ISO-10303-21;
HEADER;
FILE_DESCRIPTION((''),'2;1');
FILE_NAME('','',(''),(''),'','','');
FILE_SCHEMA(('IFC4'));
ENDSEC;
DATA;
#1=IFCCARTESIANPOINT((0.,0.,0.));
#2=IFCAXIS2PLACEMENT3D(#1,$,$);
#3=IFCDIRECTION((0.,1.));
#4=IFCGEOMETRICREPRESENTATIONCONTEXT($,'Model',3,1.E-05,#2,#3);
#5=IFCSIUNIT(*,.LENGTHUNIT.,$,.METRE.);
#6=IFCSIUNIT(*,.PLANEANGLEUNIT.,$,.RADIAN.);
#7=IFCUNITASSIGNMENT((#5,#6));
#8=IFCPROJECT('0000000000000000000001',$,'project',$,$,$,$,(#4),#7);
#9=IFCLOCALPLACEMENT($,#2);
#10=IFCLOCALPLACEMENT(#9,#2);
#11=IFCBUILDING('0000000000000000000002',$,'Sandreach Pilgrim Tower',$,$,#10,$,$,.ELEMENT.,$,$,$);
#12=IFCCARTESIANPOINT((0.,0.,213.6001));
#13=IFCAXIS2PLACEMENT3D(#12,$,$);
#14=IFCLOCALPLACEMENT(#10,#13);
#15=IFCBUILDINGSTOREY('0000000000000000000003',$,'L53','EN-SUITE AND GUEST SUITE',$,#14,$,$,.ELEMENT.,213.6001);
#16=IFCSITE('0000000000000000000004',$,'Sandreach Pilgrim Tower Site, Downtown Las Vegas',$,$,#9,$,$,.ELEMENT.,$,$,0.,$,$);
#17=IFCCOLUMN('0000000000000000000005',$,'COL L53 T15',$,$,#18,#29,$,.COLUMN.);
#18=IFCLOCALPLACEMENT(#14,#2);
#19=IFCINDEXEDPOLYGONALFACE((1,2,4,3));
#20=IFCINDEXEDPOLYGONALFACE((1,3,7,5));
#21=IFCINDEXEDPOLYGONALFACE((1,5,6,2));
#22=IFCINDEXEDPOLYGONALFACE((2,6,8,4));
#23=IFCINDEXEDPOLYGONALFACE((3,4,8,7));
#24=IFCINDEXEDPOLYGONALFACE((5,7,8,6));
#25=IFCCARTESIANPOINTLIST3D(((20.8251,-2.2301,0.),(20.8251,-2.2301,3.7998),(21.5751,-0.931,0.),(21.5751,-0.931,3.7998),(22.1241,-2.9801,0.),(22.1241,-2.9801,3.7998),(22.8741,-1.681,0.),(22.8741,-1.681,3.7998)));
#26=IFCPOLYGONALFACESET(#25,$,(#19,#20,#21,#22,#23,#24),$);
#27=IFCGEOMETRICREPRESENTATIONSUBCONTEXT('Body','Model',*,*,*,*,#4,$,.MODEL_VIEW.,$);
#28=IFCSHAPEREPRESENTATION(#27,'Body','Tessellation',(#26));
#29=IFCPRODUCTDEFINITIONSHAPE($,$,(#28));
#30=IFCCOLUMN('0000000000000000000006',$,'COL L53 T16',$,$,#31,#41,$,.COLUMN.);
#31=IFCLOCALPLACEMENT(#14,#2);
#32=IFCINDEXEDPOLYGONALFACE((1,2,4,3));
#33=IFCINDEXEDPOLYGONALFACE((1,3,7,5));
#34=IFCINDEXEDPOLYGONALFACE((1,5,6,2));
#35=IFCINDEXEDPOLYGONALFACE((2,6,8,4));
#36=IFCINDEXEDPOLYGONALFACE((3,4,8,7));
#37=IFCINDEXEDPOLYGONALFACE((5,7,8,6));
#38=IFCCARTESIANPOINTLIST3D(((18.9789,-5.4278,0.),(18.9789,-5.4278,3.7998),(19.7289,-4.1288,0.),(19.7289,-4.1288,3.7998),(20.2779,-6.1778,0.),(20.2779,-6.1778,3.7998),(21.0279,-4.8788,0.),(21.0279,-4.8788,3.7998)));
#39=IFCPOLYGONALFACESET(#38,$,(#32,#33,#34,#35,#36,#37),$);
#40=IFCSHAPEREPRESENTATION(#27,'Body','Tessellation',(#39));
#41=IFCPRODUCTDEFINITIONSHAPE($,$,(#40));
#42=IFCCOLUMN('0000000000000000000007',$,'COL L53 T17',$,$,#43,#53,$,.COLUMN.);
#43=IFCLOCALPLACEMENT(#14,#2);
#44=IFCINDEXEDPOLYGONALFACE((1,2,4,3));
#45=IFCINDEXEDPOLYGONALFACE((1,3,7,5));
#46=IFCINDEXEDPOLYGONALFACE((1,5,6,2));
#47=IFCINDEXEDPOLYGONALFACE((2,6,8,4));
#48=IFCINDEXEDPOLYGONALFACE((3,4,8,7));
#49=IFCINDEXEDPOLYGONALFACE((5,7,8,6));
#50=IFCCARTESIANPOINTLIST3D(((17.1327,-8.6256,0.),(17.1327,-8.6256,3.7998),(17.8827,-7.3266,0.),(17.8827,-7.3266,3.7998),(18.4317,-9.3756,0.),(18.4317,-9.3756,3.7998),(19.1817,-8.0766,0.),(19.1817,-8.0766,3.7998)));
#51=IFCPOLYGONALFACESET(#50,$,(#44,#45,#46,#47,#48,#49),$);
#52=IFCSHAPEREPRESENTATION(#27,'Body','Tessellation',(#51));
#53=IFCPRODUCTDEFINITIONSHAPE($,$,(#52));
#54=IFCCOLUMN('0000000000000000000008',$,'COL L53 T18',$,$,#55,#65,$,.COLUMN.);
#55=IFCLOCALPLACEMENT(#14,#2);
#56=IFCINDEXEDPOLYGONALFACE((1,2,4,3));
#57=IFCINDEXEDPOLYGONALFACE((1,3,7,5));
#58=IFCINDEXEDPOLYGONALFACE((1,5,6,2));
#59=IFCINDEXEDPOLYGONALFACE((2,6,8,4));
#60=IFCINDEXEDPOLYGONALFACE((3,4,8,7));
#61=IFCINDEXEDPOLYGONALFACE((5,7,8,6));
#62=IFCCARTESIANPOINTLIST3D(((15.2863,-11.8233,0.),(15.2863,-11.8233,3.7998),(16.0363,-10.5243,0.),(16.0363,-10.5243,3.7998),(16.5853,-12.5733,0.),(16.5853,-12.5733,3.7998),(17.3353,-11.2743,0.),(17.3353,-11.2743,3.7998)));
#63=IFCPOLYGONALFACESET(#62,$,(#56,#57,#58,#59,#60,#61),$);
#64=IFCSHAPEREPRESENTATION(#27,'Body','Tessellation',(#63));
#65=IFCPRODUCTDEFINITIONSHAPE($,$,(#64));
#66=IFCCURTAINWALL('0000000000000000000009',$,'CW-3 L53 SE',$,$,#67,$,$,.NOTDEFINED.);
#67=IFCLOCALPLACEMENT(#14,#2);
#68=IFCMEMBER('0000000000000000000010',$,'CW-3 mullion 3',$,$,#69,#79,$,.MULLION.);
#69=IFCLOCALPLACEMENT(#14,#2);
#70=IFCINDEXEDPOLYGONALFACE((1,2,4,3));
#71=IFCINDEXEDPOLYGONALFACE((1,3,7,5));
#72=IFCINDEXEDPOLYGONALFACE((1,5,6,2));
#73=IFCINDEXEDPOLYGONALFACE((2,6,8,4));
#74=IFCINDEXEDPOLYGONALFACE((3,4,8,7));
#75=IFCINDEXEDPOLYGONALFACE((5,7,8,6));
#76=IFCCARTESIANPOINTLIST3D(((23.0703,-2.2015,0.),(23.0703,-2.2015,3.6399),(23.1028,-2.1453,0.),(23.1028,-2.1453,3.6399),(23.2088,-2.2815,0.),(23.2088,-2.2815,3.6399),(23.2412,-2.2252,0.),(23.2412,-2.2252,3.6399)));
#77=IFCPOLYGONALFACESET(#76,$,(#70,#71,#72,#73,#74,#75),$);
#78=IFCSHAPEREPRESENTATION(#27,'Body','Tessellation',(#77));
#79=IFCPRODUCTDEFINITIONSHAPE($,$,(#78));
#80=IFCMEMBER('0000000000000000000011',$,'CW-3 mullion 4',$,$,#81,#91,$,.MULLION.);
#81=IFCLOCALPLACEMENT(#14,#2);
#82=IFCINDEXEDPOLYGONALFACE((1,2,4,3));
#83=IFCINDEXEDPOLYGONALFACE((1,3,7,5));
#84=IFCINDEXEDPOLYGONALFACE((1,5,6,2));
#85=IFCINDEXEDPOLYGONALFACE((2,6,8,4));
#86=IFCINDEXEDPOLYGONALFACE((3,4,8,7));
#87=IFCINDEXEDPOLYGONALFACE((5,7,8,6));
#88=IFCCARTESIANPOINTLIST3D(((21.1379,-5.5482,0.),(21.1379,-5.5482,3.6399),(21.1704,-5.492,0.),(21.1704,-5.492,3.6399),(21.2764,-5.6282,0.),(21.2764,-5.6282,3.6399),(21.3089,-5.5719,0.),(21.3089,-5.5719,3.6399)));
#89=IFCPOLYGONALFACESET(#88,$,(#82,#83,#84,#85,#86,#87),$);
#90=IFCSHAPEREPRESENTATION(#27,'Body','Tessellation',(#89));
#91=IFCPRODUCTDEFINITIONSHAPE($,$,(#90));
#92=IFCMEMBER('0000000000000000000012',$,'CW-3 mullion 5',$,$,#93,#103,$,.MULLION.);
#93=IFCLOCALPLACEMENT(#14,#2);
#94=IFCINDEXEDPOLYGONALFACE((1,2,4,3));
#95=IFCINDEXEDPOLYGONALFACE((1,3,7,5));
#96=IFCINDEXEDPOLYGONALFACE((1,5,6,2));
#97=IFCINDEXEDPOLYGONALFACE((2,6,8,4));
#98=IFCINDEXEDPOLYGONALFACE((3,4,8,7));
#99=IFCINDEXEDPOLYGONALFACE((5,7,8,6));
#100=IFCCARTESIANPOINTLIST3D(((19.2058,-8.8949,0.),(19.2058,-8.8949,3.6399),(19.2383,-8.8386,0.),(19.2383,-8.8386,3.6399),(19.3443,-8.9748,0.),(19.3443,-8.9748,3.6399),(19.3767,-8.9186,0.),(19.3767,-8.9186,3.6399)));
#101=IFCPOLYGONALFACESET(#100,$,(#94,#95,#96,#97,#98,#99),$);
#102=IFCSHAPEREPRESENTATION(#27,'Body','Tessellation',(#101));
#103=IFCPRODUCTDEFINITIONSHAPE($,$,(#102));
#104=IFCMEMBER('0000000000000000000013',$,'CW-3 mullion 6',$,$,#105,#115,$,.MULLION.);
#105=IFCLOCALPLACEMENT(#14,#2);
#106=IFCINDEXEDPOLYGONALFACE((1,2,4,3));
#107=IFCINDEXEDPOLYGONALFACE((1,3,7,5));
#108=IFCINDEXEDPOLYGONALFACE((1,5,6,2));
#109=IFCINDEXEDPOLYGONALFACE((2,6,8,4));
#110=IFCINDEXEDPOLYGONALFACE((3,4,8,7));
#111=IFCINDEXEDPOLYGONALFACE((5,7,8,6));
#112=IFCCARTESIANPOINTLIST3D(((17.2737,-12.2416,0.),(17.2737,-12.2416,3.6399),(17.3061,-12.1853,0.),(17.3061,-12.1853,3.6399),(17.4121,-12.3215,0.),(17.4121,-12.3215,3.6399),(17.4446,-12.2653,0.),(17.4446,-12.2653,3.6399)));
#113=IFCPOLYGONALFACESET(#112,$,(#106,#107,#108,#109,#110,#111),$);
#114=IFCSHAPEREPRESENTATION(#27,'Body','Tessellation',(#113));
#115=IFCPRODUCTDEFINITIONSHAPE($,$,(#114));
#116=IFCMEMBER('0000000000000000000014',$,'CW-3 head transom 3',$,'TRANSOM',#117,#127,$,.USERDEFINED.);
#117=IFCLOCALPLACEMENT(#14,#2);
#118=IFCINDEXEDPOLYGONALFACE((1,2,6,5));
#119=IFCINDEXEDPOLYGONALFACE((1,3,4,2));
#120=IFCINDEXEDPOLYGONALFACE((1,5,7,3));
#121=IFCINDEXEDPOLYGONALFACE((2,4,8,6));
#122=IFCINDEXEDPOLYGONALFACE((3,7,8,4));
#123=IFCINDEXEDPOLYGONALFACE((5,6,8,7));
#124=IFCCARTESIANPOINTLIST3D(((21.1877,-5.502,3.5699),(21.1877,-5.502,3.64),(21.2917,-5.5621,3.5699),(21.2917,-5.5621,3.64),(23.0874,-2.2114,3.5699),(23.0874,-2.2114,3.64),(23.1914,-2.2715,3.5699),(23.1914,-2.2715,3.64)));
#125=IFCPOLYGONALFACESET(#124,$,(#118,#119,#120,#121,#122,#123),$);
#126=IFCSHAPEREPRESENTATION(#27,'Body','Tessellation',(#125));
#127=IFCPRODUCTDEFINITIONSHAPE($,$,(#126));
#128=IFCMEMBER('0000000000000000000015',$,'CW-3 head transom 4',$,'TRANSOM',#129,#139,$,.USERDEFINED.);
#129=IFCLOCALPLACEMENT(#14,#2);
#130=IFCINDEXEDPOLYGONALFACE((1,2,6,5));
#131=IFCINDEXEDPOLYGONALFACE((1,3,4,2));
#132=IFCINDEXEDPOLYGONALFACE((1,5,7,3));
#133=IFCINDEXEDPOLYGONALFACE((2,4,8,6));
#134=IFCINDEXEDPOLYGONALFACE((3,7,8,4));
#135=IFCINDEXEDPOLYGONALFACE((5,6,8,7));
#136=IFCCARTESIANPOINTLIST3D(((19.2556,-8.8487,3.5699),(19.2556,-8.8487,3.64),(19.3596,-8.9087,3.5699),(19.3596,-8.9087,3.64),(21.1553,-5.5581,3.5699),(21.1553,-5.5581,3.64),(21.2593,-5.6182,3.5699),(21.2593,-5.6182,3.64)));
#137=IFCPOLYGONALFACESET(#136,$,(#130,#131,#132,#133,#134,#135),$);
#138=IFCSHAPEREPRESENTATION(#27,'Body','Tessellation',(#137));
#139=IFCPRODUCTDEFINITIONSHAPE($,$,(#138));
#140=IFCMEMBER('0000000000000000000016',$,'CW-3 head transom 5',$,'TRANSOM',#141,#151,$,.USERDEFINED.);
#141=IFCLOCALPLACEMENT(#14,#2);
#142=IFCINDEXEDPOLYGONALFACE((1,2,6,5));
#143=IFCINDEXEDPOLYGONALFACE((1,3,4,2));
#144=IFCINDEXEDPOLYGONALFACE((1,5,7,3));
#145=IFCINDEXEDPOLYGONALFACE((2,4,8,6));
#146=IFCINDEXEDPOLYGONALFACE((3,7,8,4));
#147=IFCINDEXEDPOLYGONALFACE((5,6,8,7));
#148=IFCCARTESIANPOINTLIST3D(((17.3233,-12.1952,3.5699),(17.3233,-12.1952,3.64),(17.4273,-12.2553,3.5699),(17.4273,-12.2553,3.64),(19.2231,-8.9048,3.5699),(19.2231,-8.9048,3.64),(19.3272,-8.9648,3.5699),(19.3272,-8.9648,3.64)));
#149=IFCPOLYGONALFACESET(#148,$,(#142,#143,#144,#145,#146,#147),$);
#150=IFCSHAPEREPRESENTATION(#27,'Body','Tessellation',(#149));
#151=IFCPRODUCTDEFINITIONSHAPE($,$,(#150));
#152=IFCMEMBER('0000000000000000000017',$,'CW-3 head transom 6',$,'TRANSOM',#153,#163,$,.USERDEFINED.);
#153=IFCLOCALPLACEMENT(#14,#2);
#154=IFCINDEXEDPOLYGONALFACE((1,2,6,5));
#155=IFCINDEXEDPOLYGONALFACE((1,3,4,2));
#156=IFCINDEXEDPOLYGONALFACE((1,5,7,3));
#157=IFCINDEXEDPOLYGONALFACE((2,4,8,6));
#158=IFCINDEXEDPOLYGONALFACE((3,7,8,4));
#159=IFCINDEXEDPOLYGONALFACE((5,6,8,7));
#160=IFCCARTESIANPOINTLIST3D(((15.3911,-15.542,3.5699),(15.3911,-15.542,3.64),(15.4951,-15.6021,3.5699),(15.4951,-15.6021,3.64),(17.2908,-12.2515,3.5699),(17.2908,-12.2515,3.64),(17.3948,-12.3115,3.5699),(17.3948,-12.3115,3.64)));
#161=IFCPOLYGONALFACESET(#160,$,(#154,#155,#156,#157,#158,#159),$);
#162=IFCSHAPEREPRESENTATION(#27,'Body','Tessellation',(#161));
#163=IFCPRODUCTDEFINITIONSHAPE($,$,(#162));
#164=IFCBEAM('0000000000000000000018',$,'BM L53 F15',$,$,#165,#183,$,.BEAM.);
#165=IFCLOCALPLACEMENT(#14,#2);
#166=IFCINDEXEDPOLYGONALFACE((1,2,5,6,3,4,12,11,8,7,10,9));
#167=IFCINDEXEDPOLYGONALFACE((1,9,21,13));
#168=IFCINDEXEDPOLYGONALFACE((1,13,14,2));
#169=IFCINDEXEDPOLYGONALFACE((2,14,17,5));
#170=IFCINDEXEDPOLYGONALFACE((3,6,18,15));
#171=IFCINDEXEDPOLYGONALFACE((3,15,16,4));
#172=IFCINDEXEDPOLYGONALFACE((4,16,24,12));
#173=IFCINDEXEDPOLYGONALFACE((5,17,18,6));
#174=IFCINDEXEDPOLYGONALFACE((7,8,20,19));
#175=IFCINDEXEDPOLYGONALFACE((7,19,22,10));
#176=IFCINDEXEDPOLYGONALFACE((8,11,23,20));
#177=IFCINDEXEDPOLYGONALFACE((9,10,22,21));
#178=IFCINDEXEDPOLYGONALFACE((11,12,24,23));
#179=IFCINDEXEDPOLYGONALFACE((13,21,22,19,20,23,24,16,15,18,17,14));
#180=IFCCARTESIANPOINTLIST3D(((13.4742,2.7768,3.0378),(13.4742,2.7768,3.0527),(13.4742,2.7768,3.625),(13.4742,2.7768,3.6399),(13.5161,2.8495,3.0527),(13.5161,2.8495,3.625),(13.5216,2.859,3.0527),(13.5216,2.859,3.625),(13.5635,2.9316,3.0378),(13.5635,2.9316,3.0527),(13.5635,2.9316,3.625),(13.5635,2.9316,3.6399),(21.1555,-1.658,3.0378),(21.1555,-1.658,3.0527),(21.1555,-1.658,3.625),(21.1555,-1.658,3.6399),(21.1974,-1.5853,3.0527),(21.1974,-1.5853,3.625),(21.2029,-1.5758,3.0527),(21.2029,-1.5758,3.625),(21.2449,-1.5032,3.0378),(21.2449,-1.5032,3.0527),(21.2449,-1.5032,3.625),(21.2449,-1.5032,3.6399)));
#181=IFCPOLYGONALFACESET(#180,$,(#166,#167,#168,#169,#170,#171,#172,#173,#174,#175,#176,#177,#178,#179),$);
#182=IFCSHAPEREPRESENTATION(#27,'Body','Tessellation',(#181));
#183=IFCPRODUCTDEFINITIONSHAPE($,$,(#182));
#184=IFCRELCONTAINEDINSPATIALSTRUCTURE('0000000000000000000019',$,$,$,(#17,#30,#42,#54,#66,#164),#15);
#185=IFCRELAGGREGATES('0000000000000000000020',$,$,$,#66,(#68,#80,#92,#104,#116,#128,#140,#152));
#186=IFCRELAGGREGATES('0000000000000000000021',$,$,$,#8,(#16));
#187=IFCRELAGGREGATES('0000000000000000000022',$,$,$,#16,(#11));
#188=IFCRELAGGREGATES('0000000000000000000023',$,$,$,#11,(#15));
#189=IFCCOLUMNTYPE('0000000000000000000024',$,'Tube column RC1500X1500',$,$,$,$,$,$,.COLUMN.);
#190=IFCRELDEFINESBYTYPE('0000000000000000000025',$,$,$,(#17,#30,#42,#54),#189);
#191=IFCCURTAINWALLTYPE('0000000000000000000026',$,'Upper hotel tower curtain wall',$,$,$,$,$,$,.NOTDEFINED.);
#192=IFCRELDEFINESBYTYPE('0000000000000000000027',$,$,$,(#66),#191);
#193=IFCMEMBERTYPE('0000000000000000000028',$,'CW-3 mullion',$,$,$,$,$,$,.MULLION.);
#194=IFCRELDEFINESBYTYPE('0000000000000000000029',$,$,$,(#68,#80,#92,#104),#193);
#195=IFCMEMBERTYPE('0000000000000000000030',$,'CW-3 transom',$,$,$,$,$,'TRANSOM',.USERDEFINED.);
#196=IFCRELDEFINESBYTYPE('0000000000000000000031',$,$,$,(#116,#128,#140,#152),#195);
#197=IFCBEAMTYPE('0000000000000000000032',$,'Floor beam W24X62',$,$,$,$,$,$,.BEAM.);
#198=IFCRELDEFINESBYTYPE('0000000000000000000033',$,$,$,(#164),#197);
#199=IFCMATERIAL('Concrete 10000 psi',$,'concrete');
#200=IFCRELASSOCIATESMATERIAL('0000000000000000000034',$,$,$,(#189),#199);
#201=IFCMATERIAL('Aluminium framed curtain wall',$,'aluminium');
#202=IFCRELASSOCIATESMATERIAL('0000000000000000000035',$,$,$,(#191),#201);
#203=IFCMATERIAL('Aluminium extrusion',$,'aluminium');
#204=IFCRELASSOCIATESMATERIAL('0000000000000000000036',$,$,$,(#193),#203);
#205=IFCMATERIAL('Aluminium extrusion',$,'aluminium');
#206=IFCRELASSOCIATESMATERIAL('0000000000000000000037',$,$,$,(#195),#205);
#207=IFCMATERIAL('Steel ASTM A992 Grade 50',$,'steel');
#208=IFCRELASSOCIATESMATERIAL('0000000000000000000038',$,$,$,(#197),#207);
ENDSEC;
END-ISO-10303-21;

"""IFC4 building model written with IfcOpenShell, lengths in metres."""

from ifc_helpers import new_model, si_unit, direction, frame, origin, origin_2d, place, context, subcontext, project, spatial, rectangle, i_section, extrude, material, material_profile, profile_set, type_object, element, aggregate, save


model = new_model("IFC4")

# Units and contexts
model_context = context("Model", 3, precision=1e-05, world=origin(), true_north=direction((0.0, 1.0)))
body_context = subcontext(model_context, "Body", "Model", "MODEL_VIEW")
ifc_project = project(units=[si_unit("LENGTHUNIT", "METRE"), si_unit("PLANEANGLEUNIT", "RADIAN")], contexts=[model_context])

# Site, building, storey
site_placement = place(None, origin())
site = spatial("IfcSite", under=ifc_project, at=site_placement, Name="Sandreach Pilgrim Tower Site, Downtown Las Vegas", CompositionType="ELEMENT", RefElevation=0.0)
building_placement = place(site_placement, origin())
building = spatial("IfcBuilding", under=site, at=building_placement, Name="Sandreach Pilgrim Tower", CompositionType="ELEMENT")
storey_placement = place(building_placement, frame((0.0, 0.0, 213.6001)))
storey = spatial("IfcBuildingStorey", under=building, at=storey_placement, Name="L53", Description="EN-SUITE AND GUEST SUITE", CompositionType="ELEMENT", Elevation=213.6001)

# Columns
ifc_material_1 = material(Name="Concrete 10000 psi", Category="concrete")
ifc_material_profile_1 = material_profile(ifc_material_1, rectangle(XDim=1.5, YDim=1.5, at=origin_2d()), Name="RC1500X1500")
ifc_profile_set_1 = profile_set([ifc_material_profile_1], Name="Concrete 10000 psi")
column_type = type_object("IfcColumnType", Name="Tube column RC1500X1500", PredefinedType="COLUMN", material=ifc_profile_set_1)
for number, where, z_axis, x_axis, name in (
    (1, (21.8496, -1.9556, 0.0), (0.0, 0.0, 1.0), (0.866025, -0.5, 0.0), "COL L53 T15"),
    (2, (20.0034, -5.1533, 0.0), (0.0, 0.0, 1.0), (0.866025, -0.5, 0.0), "COL L53 T16"),
    (3, (18.1572, -8.3511, 0.0), (0.0, 0.0, 1.0), (0.866025, -0.5, 0.0), "COL L53 T17"),
    (4, (16.3108, -11.5488, 0.0), (0.0, 0.0, 1.0), (0.866025, -0.5, 0.0), "COL L53 T18"),
):
    element("IfcColumn", number, at=place(storey_placement, frame(where, z_axis=z_axis, x_axis=x_axis)), inside=storey, type_object=column_type, Name=name, PredefinedType="COLUMN", context=body_context, shape_type="SweptSolid", body=[
        extrude(rectangle(XDim=1.5, YDim=1.5, at=origin_2d()), origin(), (0.0, 0.0, 1.0), 3.7998),
    ])

# Curtain wall, members
ifc_material_2 = material(Name="Aluminium framed curtain wall", Category="aluminium")
curtain_wall_type = type_object("IfcCurtainWallType", Name="Upper hotel tower curtain wall", PredefinedType="NOTDEFINED", material=ifc_material_2)
curtain_wall_placement = place(storey_placement, origin())
curtain_wall = element("IfcCurtainWall", 5, at=curtain_wall_placement, inside=storey, type_object=curtain_wall_type, Name="CW-3 L53 SE", PredefinedType="NOTDEFINED")
ifc_material_3 = material(Name="Aluminium extrusion", Category="aluminium")
ifc_material_profile_2 = material_profile(ifc_material_3, rectangle(XDim=0.0649, YDim=0.1599, at=origin_2d()), Name="CW-3M 65X160")
ifc_profile_set_2 = profile_set([ifc_material_profile_2], Name="Aluminium extrusion")
member_type_1 = type_object("IfcMemberType", Name="CW-3 mullion", PredefinedType="MULLION", material=ifc_profile_set_2)
member_1_placement = place(storey_placement, frame((23.1558, -2.2134, 0.0), z_axis=(0.0, 0.0, 1.0), x_axis=(-0.5, -0.866025, 0.0)))
member_1 = element("IfcMember", 6, at=member_1_placement, type_object=member_type_1, Name="CW-3 mullion 3", PredefinedType="MULLION", context=body_context, shape_type="SweptSolid", body=[
    extrude(rectangle(XDim=0.0649, YDim=0.1599, at=origin_2d()), origin(), (0.0, 0.0, 1.0), 3.6399),
])
member_2_placement = place(storey_placement, frame((21.2234, -5.5601, 0.0), z_axis=(0.0, 0.0, 1.0), x_axis=(-0.5, -0.866025, 0.0)))
member_2 = element("IfcMember", 7, at=member_2_placement, type_object=member_type_1, Name="CW-3 mullion 4", PredefinedType="MULLION", context=body_context, shape_type="SweptSolid", body=[
    extrude(rectangle(XDim=0.0649, YDim=0.1599, at=origin_2d()), origin(), (0.0, 0.0, 1.0), 3.6399),
])
member_3_placement = place(storey_placement, frame((19.2913, -8.9067, 0.0), z_axis=(0.0, 0.0, 1.0), x_axis=(-0.5, -0.866025, 0.0)))
member_3 = element("IfcMember", 8, at=member_3_placement, type_object=member_type_1, Name="CW-3 mullion 5", PredefinedType="MULLION", context=body_context, shape_type="SweptSolid", body=[
    extrude(rectangle(XDim=0.0649, YDim=0.1599, at=origin_2d()), origin(), (0.0, 0.0, 1.0), 3.6399),
])
member_4_placement = place(storey_placement, frame((17.3591, -12.2534, 0.0), z_axis=(0.0, 0.0, 1.0), x_axis=(-0.5, -0.866025, 0.0)))
member_4 = element("IfcMember", 9, at=member_4_placement, type_object=member_type_1, Name="CW-3 mullion 6", PredefinedType="MULLION", context=body_context, shape_type="SweptSolid", body=[
    extrude(rectangle(XDim=0.0649, YDim=0.1599, at=origin_2d()), origin(), (0.0, 0.0, 1.0), 3.6399),
])
ifc_material_4 = material(Name="Aluminium extrusion", Category="aluminium")
ifc_material_profile_3 = material_profile(ifc_material_4, rectangle(XDim=0.1201, YDim=0.0701, at=origin_2d()), Name="CW-3T 120X70")
ifc_profile_set_3 = profile_set([ifc_material_profile_3], Name="Aluminium extrusion")
member_type_2 = type_object("IfcMemberType", Name="CW-3 transom", ElementType="TRANSOM", PredefinedType="USERDEFINED", material=ifc_profile_set_3)
member_5_placement = place(storey_placement, frame((23.1394, -2.2415, 3.605), z_axis=(-0.499975, -0.86604, 0.0), x_axis=(0.86604, -0.499975, 0.0)))
member_5 = element("IfcMember", 10, at=member_5_placement, type_object=member_type_2, Name="CW-3 head transom 3", ObjectType="TRANSOM", PredefinedType="USERDEFINED", context=body_context, shape_type="SweptSolid", body=[
    extrude(rectangle(XDim=0.1201, YDim=0.0701, at=origin_2d()), origin(), (0.0, 0.0, 1.0), 3.7996),
])
member_6_placement = place(storey_placement, frame((21.2073, -5.5881, 3.605), z_axis=(-0.499975, -0.86604, 0.0), x_axis=(0.86604, -0.499975, 0.0)))
member_6 = element("IfcMember", 11, at=member_6_placement, type_object=member_type_2, Name="CW-3 head transom 4", ObjectType="TRANSOM", PredefinedType="USERDEFINED", context=body_context, shape_type="SweptSolid", body=[
    extrude(rectangle(XDim=0.1201, YDim=0.0701, at=origin_2d()), origin(), (0.0, 0.0, 1.0), 3.7996),
])
member_7_placement = place(storey_placement, frame((19.2751, -8.9348, 3.605), z_axis=(-0.500023, -0.866012, 0.0), x_axis=(0.866012, -0.500023, 0.0)))
member_7 = element("IfcMember", 12, at=member_7_placement, type_object=member_type_2, Name="CW-3 head transom 5", ObjectType="TRANSOM", PredefinedType="USERDEFINED", context=body_context, shape_type="SweptSolid", body=[
    extrude(rectangle(XDim=0.1201, YDim=0.0701, at=origin_2d()), origin(), (0.0, 0.0, 1.0), 3.7996),
])
member_8_placement = place(storey_placement, frame((17.3428, -12.2815, 3.605), z_axis=(-0.499975, -0.86604, 0.0), x_axis=(0.86604, -0.499975, 0.0)))
member_8 = element("IfcMember", 13, at=member_8_placement, type_object=member_type_2, Name="CW-3 head transom 6", ObjectType="TRANSOM", PredefinedType="USERDEFINED", context=body_context, shape_type="SweptSolid", body=[
    extrude(rectangle(XDim=0.1201, YDim=0.0701, at=origin_2d()), origin(), (0.0, 0.0, 1.0), 3.7996),
])

# Beam
ifc_material_5 = material(Name="Steel ASTM A992 Grade 50", Category="steel")
ifc_material_profile_4 = material_profile(ifc_material_5, i_section(OverallWidth=0.1787, OverallDepth=0.6021, WebThickness=0.011, FlangeThickness=0.0149, at=origin_2d()), Name="W24X62")
ifc_profile_set_4 = profile_set([ifc_material_profile_4], Name="Steel ASTM A992 Grade 50")
beam_type_1 = type_object("IfcBeamType", Name="Floor beam W24X62", PredefinedType="BEAM", material=ifc_profile_set_4)
beam_1_placement = place(storey_placement, frame((21.2002, -1.5806, 3.3389), z_axis=(-0.866027, 0.499996, 0.0), x_axis=(-0.499996, -0.866027, 0.0)))
element("IfcBeam", 14, at=beam_1_placement, inside=storey, type_object=beam_type_1, Name="BM L53 F15", PredefinedType="BEAM", context=body_context, shape_type="SweptSolid", body=[
    extrude(i_section(OverallWidth=0.1787, OverallDepth=0.6021, WebThickness=0.011, FlangeThickness=0.0149, at=origin_2d()), origin(), (0.0, 0.0, 1.0), 8.8696),
])

aggregate(curtain_wall, [member_1, member_2, member_3, member_4, member_5, member_6, member_7, member_8])

save(model, "model.ifc")
